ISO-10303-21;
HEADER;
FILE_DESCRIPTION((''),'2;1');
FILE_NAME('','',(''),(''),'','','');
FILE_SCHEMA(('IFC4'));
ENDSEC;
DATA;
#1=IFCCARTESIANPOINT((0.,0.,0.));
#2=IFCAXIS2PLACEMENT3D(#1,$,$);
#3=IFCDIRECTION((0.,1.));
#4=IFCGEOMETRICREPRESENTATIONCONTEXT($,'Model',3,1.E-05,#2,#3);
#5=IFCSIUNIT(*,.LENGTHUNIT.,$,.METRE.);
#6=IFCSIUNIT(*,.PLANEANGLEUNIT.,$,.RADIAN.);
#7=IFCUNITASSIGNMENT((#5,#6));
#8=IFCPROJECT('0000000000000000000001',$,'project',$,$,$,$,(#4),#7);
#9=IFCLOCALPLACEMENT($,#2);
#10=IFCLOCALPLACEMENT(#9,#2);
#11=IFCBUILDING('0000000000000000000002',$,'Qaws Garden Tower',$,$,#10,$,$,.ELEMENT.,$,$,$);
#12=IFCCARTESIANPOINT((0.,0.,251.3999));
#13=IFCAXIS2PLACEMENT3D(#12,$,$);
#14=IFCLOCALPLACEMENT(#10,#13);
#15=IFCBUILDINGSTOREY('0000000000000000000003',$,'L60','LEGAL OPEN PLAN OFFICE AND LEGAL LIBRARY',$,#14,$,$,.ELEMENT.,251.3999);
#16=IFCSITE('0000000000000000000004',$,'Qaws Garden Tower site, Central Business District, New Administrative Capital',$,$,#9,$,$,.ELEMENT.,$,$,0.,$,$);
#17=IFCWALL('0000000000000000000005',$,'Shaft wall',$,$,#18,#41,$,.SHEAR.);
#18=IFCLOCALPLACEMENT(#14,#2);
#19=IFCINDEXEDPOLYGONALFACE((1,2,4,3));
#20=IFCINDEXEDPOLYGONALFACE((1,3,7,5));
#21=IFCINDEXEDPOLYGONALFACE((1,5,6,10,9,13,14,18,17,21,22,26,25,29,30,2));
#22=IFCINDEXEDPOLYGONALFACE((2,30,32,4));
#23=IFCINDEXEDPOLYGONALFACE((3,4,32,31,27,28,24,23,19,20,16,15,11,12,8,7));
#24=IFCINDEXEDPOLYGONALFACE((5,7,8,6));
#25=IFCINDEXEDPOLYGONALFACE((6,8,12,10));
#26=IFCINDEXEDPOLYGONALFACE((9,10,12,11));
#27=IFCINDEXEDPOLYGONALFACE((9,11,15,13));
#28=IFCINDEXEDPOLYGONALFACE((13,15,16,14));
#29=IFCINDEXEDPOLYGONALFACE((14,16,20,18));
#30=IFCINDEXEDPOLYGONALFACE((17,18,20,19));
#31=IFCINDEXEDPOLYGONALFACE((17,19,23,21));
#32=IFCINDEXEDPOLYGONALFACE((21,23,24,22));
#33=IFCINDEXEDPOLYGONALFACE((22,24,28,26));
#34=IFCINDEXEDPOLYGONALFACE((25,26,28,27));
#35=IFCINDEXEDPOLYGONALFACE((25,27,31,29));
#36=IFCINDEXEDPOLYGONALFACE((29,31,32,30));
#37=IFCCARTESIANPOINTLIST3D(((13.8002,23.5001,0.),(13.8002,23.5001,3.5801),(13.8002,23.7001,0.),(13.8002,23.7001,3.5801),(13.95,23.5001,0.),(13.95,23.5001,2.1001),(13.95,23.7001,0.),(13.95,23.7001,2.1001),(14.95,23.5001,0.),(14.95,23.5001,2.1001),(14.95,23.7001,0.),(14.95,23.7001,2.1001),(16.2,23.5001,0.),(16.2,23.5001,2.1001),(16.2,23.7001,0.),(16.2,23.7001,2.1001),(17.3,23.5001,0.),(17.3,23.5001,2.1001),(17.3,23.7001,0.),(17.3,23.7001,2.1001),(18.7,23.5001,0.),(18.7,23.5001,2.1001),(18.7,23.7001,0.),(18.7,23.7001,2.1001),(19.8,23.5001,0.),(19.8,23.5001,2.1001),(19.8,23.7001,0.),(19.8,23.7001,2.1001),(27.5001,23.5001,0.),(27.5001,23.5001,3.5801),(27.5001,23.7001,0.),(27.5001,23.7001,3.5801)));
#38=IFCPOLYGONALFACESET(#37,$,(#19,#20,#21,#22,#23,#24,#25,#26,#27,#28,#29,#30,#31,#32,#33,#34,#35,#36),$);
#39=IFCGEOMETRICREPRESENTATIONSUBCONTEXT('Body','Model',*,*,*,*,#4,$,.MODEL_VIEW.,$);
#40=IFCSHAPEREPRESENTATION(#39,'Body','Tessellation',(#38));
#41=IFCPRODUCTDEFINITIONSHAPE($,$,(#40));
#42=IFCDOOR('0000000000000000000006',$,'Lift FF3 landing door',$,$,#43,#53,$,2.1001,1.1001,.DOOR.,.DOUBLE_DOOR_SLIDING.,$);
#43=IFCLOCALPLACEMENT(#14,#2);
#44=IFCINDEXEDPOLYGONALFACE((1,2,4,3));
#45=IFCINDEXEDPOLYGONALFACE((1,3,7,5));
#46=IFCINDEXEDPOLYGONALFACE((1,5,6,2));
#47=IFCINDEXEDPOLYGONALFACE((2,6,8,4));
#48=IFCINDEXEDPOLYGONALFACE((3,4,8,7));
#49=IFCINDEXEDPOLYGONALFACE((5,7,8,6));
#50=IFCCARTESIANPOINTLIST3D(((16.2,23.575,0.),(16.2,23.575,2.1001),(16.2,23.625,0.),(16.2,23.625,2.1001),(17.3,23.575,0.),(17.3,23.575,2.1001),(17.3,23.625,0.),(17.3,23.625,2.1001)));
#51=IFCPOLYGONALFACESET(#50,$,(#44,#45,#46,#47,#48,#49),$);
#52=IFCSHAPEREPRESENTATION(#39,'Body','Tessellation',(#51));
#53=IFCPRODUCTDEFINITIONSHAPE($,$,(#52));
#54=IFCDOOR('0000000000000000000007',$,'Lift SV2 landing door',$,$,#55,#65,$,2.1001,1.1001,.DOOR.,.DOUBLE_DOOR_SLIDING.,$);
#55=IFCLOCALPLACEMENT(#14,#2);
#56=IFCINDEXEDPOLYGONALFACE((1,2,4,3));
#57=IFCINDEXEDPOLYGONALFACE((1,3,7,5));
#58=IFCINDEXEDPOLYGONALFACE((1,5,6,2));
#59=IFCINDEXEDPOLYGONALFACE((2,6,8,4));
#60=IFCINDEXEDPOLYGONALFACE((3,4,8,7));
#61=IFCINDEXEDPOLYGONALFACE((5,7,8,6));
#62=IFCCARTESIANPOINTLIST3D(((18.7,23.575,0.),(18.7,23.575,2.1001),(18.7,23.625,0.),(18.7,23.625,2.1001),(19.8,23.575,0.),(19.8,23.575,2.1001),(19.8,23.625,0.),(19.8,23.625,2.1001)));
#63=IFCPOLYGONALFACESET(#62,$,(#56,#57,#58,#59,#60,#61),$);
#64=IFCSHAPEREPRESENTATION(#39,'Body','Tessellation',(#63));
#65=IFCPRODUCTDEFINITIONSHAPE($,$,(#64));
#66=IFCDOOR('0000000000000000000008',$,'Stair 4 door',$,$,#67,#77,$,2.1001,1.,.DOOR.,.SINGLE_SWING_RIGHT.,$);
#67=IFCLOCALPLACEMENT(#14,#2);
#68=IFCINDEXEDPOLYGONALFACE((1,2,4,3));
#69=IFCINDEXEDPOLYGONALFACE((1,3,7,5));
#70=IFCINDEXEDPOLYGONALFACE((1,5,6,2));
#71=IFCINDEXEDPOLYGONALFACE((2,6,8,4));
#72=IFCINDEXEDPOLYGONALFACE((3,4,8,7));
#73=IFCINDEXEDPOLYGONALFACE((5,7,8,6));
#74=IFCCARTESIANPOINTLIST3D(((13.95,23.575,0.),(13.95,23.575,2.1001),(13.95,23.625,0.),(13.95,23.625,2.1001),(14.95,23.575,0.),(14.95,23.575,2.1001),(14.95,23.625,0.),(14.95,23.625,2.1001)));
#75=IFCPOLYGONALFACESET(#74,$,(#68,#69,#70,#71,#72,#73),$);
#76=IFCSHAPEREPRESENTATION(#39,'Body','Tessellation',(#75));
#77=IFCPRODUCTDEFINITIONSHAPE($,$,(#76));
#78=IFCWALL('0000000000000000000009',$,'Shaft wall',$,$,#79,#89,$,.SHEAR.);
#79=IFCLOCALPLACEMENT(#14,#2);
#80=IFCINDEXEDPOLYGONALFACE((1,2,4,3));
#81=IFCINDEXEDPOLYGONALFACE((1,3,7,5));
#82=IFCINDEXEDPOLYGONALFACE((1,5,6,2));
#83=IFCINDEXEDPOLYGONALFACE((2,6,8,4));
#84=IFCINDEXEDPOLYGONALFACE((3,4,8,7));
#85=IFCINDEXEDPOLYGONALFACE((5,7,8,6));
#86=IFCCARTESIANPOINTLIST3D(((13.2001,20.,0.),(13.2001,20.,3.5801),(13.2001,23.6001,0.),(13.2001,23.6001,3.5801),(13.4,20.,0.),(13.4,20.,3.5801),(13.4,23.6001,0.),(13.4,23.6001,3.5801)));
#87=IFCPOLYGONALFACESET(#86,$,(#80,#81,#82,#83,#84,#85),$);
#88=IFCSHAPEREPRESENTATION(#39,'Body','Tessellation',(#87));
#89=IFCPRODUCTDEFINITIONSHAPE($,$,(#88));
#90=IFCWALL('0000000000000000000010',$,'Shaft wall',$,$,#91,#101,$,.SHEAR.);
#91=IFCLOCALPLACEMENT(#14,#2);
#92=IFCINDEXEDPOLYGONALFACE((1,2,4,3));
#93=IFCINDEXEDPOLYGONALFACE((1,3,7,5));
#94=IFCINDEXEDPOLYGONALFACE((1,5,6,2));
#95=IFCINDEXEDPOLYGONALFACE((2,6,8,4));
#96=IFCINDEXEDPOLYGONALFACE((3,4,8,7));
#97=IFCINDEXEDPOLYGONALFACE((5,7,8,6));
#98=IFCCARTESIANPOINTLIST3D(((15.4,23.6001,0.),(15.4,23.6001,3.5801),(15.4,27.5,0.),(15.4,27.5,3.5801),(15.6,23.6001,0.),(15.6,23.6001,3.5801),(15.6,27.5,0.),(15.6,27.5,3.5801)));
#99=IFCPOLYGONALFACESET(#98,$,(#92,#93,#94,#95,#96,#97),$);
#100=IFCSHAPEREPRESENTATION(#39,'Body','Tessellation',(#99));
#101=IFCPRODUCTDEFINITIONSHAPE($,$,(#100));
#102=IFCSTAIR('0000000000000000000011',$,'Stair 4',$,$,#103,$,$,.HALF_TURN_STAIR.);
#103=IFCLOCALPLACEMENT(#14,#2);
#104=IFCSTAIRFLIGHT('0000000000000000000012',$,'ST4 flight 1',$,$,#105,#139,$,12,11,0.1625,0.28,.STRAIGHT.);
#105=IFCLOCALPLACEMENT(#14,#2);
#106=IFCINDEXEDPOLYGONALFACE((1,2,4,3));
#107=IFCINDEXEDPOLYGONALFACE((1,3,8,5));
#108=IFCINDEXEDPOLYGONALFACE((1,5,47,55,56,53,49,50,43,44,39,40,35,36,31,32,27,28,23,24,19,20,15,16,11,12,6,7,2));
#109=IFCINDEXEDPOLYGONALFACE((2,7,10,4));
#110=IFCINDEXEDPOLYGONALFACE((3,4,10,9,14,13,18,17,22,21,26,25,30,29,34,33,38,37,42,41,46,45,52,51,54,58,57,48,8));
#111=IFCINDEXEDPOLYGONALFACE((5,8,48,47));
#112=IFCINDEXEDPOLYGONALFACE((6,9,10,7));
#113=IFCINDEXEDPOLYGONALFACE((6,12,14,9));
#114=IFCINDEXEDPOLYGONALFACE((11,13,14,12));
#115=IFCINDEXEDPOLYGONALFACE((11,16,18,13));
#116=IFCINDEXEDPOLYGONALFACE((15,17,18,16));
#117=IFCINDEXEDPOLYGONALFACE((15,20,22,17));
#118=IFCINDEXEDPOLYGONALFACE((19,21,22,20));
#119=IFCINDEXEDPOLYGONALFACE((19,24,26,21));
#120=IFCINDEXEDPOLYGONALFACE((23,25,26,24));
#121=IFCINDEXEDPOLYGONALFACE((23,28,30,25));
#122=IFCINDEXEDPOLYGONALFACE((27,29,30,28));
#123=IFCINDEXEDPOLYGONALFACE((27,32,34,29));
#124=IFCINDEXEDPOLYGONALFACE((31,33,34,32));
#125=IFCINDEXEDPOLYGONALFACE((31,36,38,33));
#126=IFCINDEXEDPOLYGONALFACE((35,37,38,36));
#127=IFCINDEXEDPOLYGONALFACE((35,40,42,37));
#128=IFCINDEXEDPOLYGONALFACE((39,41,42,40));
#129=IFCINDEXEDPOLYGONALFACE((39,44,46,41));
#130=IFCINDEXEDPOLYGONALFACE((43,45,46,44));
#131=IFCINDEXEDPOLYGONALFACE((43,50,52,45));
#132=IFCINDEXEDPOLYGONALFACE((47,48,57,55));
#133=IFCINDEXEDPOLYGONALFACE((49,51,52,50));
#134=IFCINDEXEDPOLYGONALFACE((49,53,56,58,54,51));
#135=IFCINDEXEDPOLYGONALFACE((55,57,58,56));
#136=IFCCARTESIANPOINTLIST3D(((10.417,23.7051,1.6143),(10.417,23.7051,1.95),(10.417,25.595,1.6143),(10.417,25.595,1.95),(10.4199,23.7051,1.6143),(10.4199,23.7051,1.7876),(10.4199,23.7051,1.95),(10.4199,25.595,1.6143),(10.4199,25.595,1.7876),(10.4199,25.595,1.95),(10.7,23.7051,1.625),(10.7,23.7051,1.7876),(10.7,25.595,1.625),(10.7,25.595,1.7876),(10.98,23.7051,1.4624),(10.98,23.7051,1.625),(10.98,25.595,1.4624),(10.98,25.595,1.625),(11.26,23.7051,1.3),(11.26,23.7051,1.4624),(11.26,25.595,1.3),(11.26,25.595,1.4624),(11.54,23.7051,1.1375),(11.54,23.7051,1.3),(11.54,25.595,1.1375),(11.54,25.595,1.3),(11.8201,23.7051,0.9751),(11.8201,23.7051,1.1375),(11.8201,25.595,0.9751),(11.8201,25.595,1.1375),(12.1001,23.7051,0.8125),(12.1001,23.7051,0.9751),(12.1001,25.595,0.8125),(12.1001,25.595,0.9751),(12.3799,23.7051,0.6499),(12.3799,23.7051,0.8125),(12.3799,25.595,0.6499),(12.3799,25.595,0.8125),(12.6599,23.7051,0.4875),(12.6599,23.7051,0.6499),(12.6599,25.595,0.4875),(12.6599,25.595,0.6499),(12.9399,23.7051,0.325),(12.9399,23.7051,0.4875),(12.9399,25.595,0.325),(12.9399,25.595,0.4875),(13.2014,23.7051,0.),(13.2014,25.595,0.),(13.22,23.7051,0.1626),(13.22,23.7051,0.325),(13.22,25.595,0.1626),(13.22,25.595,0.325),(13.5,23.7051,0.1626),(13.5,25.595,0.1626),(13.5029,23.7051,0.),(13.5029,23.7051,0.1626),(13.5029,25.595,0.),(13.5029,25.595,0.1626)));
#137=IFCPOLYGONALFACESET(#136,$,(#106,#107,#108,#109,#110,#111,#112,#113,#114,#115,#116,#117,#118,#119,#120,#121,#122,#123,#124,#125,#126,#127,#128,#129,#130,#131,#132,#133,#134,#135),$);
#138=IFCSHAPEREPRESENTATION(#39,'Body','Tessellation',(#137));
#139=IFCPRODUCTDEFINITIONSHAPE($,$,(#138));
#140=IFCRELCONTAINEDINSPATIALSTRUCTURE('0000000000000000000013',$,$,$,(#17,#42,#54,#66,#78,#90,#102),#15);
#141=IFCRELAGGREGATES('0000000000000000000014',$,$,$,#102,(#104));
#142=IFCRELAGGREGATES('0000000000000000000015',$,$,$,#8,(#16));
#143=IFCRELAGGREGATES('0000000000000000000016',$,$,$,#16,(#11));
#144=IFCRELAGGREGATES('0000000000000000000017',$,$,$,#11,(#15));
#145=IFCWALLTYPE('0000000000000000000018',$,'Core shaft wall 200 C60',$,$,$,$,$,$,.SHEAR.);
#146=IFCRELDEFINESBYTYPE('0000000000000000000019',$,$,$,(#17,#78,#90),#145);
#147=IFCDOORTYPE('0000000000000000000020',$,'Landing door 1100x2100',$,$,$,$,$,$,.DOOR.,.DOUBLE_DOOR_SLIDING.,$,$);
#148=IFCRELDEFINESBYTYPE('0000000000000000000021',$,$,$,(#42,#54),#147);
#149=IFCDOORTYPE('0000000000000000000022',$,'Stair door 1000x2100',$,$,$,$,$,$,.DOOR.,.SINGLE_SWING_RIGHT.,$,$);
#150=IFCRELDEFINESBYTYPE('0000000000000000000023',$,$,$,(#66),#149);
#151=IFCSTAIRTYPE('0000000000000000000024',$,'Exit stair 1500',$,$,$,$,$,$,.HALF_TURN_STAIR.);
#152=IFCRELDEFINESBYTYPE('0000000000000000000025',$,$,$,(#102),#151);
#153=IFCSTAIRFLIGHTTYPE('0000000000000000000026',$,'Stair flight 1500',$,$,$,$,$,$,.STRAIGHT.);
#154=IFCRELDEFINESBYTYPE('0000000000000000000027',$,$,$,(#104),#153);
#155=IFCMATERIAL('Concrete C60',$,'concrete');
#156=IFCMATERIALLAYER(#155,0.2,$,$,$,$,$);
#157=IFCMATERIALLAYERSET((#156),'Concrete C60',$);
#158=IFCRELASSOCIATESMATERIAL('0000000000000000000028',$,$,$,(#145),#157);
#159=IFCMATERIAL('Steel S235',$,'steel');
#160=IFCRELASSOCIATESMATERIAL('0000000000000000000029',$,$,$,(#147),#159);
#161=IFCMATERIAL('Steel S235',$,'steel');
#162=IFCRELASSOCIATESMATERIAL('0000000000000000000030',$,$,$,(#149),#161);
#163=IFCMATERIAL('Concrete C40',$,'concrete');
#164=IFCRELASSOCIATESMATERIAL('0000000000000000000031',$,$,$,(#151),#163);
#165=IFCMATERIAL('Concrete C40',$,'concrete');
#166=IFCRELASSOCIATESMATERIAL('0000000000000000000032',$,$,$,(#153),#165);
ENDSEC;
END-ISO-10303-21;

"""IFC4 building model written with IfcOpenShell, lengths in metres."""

from ifc_helpers import new_model, si_unit, direction, frame, frame_2d, origin, place, context, subcontext, project, spatial, polyline, rectangle, outline, extrude, material, layer, layer_set, type_object, element, fill, aggregate, save


model = new_model("IFC4")

# Units and contexts
model_context = context("Model", 3, precision=1e-05, world=origin(), true_north=direction((0.0, 1.0)))
body_context = subcontext(model_context, "Body", "Model", "MODEL_VIEW")
ifc_project = project(units=[si_unit("LENGTHUNIT", "METRE"), si_unit("PLANEANGLEUNIT", "RADIAN")], contexts=[model_context])

# Site, building, storey
site_placement = place(None, origin())
site = spatial("IfcSite", under=ifc_project, at=site_placement, Name="Qaws Garden Tower site, Central Business District, New Administrative Capital", CompositionType="ELEMENT", RefElevation=0.0)
building_placement = place(site_placement, origin())
building = spatial("IfcBuilding", under=site, at=building_placement, Name="Qaws Garden Tower", CompositionType="ELEMENT")
storey_placement = place(building_placement, frame((0.0, 0.0, 251.3999)))
storey = spatial("IfcBuildingStorey", under=building, at=storey_placement, Name="L60", Description="LEGAL OPEN PLAN OFFICE AND LEGAL LIBRARY", CompositionType="ELEMENT", Elevation=251.3999)

# Shared definitions
ifc_material_1 = material(Name="Concrete C60", Category="concrete")
ifc_layer_1 = layer(ifc_material_1, 0.2)
ifc_layer_set_1 = layer_set([ifc_layer_1], Name="Concrete C60")
wall_type_1 = type_object("IfcWallType", Name="Core shaft wall 200 C60", PredefinedType="SHEAR", material=ifc_layer_set_1)

# Wall, openings, doors
wall_1_placement = place(storey_placement, frame((13.8, 23.6001, 0.0), z_axis=(0.0, 0.0, 1.0), x_axis=(1.0, 0.0, 0.0)))
wall_1 = element("IfcWall", 1, at=wall_1_placement, inside=storey, type_object=wall_type_1, Name="Shaft wall", PredefinedType="SHEAR", context=body_context, shape_type="SweptSolid", body=[
    extrude(rectangle(XDim=13.7, YDim=0.2, at=frame_2d((6.8501, 0.0))), origin(), (0.0, 0.0, 1.0), 3.5801),
])
opening_1_placement = place(wall_1_placement, frame((2.3999, 0.0, 0.0)))
opening_1 = element("IfcOpeningElement", 2, at=opening_1_placement, cuts=wall_1, PredefinedType="OPENING", context=body_context, shape_type="SweptSolid", body=[
    extrude(rectangle(XDim=1.1001, YDim=2.1001, at=frame_2d((0.55, 1.05))), frame((0.0, 0.1099, 0.0), z_axis=(0.0, -1.0, 0.0), x_axis=(1.0, 0.0, 0.0)), (0.0, 0.0, 1.0), 0.22),
])
opening_2_placement = place(wall_1_placement, frame((4.8999, 0.0, 0.0)))
opening_2 = element("IfcOpeningElement", 3, at=opening_2_placement, cuts=wall_1, PredefinedType="OPENING", context=body_context, shape_type="SweptSolid", body=[
    extrude(rectangle(XDim=1.1001, YDim=2.1001, at=frame_2d((0.55, 1.05))), frame((0.0, 0.1099, 0.0), z_axis=(0.0, -1.0, 0.0), x_axis=(1.0, 0.0, 0.0)), (0.0, 0.0, 1.0), 0.22),
])
opening_3_placement = place(wall_1_placement, frame((0.1499, 0.0, 0.0)))
opening_3 = element("IfcOpeningElement", 4, at=opening_3_placement, cuts=wall_1, PredefinedType="OPENING", context=body_context, shape_type="SweptSolid", body=[
    extrude(rectangle(XDim=1.0, YDim=2.1001, at=frame_2d((0.5, 1.05))), frame((0.0, 0.1099, 0.0), z_axis=(0.0, -1.0, 0.0), x_axis=(1.0, 0.0, 0.0)), (0.0, 0.0, 1.0), 0.22),
])
ifc_material_2 = material(Name="Steel S235", Category="steel")
door_type_1 = type_object("IfcDoorType", Name="Landing door 1100x2100", OperationType="DOUBLE_DOOR_SLIDING", PredefinedType="DOOR", material=ifc_material_2)
door_1_placement = place(opening_1_placement, origin())
door_1 = element("IfcDoor", 5, at=door_1_placement, inside=storey, type_object=door_type_1, Name="Lift FF3 landing door", OperationType="DOUBLE_DOOR_SLIDING", OverallHeight=2.1001, OverallWidth=1.1001, PredefinedType="DOOR", context=body_context, shape_type="SweptSolid", body=[
    extrude(rectangle(XDim=1.1001, YDim=2.1001, at=frame_2d((0.55, 1.05))), frame((0.0, 0.0249, 0.0), z_axis=(0.0, -1.0, 0.0), x_axis=(1.0, 0.0, 0.0)), (0.0, 0.0, 1.0), 0.05),
])
fill(opening_1, door_1)
door_2_placement = place(opening_2_placement, origin())
door_2 = element("IfcDoor", 6, at=door_2_placement, inside=storey, type_object=door_type_1, Name="Lift SV2 landing door", OperationType="DOUBLE_DOOR_SLIDING", OverallHeight=2.1001, OverallWidth=1.1001, PredefinedType="DOOR", context=body_context, shape_type="SweptSolid", body=[
    extrude(rectangle(XDim=1.1001, YDim=2.1001, at=frame_2d((0.55, 1.05))), frame((0.0, 0.0249, 0.0), z_axis=(0.0, -1.0, 0.0), x_axis=(1.0, 0.0, 0.0)), (0.0, 0.0, 1.0), 0.05),
])
fill(opening_2, door_2)
ifc_material_3 = material(Name="Steel S235", Category="steel")
door_type_2 = type_object("IfcDoorType", Name="Stair door 1000x2100", OperationType="SINGLE_SWING_RIGHT", PredefinedType="DOOR", material=ifc_material_3)
door_3_placement = place(opening_3_placement, origin())
door_3 = element("IfcDoor", 7, at=door_3_placement, inside=storey, type_object=door_type_2, Name="Stair 4 door", OperationType="SINGLE_SWING_RIGHT", OverallHeight=2.1001, OverallWidth=1.0, PredefinedType="DOOR", context=body_context, shape_type="SweptSolid", body=[
    extrude(rectangle(XDim=1.0, YDim=2.1001, at=frame_2d((0.5, 1.05))), frame((0.0, 0.0249, 0.0), z_axis=(0.0, -1.0, 0.0), x_axis=(1.0, 0.0, 0.0)), (0.0, 0.0, 1.0), 0.05),
])
fill(opening_3, door_3)

# Walls
wall_2_placement = place(storey_placement, frame((13.3, 20.0, 0.0), z_axis=(0.0, 0.0, 1.0), x_axis=(0.0, 1.0, 0.0)))
element("IfcWall", 8, at=wall_2_placement, inside=storey, type_object=wall_type_1, Name="Shaft wall", PredefinedType="SHEAR", context=body_context, shape_type="SweptSolid", body=[
    extrude(rectangle(XDim=3.6001, YDim=0.2, at=frame_2d((1.8, 0.0))), origin(), (0.0, 0.0, 1.0), 3.5801),
])
wall_3_placement = place(storey_placement, frame((15.5, 23.6001, 0.0), z_axis=(0.0, 0.0, 1.0), x_axis=(0.0, 1.0, 0.0)))
element("IfcWall", 9, at=wall_3_placement, inside=storey, type_object=wall_type_1, Name="Shaft wall", PredefinedType="SHEAR", context=body_context, shape_type="SweptSolid", body=[
    extrude(rectangle(XDim=3.8999, YDim=0.2, at=frame_2d((1.95, 0.0))), origin(), (0.0, 0.0, 1.0), 3.5801),
])

# Stair, stair flight
ifc_material_4 = material(Name="Concrete C40", Category="concrete")
stair_type = type_object("IfcStairType", Name="Exit stair 1500", PredefinedType="HALF_TURN_STAIR", material=ifc_material_4)
stair_placement = place(storey_placement, origin())
stair = element("IfcStair", 10, at=stair_placement, inside=storey, type_object=stair_type, Name="Stair 4", PredefinedType="HALF_TURN_STAIR")
ifc_material_5 = material(Name="Concrete C40", Category="concrete")
stair_flight_type = type_object("IfcStairFlightType", Name="Stair flight 1500", PredefinedType="STRAIGHT", material=ifc_material_5)
stair_flight_1_placement = place(storey_placement, frame((13.5, 24.6499, 0.0), z_axis=(0.0, 0.0, 1.0), x_axis=(-1.0, 0.0, 0.0)))
stair_flight_1 = element("IfcStairFlight", 11, at=stair_flight_1_placement, type_object=stair_flight_type, Name="ST4 flight 1", NumberOfRisers=12, NumberOfTreads=11, PredefinedType="STRAIGHT", RiserHeight=0.1625, TreadLength=0.28, context=body_context, shape_type="SweptSolid", body=[
    extrude(outline(polyline([(-0.0029, 0.0), (-0.0029, 0.1626), (0.0, 0.1626), (0.28, 0.1626), (0.28, 0.325), (0.5601, 0.325), (0.5601, 0.4875), (0.8401, 0.4875), (0.8401, 0.6499), (1.1201, 0.6499), (1.1201, 0.8125), (1.3999, 0.8125), (1.3999, 0.9751), (1.6799, 0.9751), (1.6799, 1.1375), (1.96, 1.1375), (1.96, 1.3), (2.24, 1.3), (2.24, 1.4624), (2.52, 1.4624), (2.52, 1.625), (2.8, 1.625), (2.8, 1.7876), (3.0801, 1.7876), (3.0801, 1.95), (3.083, 1.95), (3.083, 1.6143), (3.0801, 1.6143), (0.2986, 0.0), (-0.0029, 0.0)])), frame((0.0, 0.9448, 0.0), z_axis=(0.0, -1.0, 0.0), x_axis=(1.0, 0.0, 0.0)), (0.0, 0.0, 1.0), 1.8899),
])
aggregate(stair, [stair_flight_1])

save(model, "model.ifc")
